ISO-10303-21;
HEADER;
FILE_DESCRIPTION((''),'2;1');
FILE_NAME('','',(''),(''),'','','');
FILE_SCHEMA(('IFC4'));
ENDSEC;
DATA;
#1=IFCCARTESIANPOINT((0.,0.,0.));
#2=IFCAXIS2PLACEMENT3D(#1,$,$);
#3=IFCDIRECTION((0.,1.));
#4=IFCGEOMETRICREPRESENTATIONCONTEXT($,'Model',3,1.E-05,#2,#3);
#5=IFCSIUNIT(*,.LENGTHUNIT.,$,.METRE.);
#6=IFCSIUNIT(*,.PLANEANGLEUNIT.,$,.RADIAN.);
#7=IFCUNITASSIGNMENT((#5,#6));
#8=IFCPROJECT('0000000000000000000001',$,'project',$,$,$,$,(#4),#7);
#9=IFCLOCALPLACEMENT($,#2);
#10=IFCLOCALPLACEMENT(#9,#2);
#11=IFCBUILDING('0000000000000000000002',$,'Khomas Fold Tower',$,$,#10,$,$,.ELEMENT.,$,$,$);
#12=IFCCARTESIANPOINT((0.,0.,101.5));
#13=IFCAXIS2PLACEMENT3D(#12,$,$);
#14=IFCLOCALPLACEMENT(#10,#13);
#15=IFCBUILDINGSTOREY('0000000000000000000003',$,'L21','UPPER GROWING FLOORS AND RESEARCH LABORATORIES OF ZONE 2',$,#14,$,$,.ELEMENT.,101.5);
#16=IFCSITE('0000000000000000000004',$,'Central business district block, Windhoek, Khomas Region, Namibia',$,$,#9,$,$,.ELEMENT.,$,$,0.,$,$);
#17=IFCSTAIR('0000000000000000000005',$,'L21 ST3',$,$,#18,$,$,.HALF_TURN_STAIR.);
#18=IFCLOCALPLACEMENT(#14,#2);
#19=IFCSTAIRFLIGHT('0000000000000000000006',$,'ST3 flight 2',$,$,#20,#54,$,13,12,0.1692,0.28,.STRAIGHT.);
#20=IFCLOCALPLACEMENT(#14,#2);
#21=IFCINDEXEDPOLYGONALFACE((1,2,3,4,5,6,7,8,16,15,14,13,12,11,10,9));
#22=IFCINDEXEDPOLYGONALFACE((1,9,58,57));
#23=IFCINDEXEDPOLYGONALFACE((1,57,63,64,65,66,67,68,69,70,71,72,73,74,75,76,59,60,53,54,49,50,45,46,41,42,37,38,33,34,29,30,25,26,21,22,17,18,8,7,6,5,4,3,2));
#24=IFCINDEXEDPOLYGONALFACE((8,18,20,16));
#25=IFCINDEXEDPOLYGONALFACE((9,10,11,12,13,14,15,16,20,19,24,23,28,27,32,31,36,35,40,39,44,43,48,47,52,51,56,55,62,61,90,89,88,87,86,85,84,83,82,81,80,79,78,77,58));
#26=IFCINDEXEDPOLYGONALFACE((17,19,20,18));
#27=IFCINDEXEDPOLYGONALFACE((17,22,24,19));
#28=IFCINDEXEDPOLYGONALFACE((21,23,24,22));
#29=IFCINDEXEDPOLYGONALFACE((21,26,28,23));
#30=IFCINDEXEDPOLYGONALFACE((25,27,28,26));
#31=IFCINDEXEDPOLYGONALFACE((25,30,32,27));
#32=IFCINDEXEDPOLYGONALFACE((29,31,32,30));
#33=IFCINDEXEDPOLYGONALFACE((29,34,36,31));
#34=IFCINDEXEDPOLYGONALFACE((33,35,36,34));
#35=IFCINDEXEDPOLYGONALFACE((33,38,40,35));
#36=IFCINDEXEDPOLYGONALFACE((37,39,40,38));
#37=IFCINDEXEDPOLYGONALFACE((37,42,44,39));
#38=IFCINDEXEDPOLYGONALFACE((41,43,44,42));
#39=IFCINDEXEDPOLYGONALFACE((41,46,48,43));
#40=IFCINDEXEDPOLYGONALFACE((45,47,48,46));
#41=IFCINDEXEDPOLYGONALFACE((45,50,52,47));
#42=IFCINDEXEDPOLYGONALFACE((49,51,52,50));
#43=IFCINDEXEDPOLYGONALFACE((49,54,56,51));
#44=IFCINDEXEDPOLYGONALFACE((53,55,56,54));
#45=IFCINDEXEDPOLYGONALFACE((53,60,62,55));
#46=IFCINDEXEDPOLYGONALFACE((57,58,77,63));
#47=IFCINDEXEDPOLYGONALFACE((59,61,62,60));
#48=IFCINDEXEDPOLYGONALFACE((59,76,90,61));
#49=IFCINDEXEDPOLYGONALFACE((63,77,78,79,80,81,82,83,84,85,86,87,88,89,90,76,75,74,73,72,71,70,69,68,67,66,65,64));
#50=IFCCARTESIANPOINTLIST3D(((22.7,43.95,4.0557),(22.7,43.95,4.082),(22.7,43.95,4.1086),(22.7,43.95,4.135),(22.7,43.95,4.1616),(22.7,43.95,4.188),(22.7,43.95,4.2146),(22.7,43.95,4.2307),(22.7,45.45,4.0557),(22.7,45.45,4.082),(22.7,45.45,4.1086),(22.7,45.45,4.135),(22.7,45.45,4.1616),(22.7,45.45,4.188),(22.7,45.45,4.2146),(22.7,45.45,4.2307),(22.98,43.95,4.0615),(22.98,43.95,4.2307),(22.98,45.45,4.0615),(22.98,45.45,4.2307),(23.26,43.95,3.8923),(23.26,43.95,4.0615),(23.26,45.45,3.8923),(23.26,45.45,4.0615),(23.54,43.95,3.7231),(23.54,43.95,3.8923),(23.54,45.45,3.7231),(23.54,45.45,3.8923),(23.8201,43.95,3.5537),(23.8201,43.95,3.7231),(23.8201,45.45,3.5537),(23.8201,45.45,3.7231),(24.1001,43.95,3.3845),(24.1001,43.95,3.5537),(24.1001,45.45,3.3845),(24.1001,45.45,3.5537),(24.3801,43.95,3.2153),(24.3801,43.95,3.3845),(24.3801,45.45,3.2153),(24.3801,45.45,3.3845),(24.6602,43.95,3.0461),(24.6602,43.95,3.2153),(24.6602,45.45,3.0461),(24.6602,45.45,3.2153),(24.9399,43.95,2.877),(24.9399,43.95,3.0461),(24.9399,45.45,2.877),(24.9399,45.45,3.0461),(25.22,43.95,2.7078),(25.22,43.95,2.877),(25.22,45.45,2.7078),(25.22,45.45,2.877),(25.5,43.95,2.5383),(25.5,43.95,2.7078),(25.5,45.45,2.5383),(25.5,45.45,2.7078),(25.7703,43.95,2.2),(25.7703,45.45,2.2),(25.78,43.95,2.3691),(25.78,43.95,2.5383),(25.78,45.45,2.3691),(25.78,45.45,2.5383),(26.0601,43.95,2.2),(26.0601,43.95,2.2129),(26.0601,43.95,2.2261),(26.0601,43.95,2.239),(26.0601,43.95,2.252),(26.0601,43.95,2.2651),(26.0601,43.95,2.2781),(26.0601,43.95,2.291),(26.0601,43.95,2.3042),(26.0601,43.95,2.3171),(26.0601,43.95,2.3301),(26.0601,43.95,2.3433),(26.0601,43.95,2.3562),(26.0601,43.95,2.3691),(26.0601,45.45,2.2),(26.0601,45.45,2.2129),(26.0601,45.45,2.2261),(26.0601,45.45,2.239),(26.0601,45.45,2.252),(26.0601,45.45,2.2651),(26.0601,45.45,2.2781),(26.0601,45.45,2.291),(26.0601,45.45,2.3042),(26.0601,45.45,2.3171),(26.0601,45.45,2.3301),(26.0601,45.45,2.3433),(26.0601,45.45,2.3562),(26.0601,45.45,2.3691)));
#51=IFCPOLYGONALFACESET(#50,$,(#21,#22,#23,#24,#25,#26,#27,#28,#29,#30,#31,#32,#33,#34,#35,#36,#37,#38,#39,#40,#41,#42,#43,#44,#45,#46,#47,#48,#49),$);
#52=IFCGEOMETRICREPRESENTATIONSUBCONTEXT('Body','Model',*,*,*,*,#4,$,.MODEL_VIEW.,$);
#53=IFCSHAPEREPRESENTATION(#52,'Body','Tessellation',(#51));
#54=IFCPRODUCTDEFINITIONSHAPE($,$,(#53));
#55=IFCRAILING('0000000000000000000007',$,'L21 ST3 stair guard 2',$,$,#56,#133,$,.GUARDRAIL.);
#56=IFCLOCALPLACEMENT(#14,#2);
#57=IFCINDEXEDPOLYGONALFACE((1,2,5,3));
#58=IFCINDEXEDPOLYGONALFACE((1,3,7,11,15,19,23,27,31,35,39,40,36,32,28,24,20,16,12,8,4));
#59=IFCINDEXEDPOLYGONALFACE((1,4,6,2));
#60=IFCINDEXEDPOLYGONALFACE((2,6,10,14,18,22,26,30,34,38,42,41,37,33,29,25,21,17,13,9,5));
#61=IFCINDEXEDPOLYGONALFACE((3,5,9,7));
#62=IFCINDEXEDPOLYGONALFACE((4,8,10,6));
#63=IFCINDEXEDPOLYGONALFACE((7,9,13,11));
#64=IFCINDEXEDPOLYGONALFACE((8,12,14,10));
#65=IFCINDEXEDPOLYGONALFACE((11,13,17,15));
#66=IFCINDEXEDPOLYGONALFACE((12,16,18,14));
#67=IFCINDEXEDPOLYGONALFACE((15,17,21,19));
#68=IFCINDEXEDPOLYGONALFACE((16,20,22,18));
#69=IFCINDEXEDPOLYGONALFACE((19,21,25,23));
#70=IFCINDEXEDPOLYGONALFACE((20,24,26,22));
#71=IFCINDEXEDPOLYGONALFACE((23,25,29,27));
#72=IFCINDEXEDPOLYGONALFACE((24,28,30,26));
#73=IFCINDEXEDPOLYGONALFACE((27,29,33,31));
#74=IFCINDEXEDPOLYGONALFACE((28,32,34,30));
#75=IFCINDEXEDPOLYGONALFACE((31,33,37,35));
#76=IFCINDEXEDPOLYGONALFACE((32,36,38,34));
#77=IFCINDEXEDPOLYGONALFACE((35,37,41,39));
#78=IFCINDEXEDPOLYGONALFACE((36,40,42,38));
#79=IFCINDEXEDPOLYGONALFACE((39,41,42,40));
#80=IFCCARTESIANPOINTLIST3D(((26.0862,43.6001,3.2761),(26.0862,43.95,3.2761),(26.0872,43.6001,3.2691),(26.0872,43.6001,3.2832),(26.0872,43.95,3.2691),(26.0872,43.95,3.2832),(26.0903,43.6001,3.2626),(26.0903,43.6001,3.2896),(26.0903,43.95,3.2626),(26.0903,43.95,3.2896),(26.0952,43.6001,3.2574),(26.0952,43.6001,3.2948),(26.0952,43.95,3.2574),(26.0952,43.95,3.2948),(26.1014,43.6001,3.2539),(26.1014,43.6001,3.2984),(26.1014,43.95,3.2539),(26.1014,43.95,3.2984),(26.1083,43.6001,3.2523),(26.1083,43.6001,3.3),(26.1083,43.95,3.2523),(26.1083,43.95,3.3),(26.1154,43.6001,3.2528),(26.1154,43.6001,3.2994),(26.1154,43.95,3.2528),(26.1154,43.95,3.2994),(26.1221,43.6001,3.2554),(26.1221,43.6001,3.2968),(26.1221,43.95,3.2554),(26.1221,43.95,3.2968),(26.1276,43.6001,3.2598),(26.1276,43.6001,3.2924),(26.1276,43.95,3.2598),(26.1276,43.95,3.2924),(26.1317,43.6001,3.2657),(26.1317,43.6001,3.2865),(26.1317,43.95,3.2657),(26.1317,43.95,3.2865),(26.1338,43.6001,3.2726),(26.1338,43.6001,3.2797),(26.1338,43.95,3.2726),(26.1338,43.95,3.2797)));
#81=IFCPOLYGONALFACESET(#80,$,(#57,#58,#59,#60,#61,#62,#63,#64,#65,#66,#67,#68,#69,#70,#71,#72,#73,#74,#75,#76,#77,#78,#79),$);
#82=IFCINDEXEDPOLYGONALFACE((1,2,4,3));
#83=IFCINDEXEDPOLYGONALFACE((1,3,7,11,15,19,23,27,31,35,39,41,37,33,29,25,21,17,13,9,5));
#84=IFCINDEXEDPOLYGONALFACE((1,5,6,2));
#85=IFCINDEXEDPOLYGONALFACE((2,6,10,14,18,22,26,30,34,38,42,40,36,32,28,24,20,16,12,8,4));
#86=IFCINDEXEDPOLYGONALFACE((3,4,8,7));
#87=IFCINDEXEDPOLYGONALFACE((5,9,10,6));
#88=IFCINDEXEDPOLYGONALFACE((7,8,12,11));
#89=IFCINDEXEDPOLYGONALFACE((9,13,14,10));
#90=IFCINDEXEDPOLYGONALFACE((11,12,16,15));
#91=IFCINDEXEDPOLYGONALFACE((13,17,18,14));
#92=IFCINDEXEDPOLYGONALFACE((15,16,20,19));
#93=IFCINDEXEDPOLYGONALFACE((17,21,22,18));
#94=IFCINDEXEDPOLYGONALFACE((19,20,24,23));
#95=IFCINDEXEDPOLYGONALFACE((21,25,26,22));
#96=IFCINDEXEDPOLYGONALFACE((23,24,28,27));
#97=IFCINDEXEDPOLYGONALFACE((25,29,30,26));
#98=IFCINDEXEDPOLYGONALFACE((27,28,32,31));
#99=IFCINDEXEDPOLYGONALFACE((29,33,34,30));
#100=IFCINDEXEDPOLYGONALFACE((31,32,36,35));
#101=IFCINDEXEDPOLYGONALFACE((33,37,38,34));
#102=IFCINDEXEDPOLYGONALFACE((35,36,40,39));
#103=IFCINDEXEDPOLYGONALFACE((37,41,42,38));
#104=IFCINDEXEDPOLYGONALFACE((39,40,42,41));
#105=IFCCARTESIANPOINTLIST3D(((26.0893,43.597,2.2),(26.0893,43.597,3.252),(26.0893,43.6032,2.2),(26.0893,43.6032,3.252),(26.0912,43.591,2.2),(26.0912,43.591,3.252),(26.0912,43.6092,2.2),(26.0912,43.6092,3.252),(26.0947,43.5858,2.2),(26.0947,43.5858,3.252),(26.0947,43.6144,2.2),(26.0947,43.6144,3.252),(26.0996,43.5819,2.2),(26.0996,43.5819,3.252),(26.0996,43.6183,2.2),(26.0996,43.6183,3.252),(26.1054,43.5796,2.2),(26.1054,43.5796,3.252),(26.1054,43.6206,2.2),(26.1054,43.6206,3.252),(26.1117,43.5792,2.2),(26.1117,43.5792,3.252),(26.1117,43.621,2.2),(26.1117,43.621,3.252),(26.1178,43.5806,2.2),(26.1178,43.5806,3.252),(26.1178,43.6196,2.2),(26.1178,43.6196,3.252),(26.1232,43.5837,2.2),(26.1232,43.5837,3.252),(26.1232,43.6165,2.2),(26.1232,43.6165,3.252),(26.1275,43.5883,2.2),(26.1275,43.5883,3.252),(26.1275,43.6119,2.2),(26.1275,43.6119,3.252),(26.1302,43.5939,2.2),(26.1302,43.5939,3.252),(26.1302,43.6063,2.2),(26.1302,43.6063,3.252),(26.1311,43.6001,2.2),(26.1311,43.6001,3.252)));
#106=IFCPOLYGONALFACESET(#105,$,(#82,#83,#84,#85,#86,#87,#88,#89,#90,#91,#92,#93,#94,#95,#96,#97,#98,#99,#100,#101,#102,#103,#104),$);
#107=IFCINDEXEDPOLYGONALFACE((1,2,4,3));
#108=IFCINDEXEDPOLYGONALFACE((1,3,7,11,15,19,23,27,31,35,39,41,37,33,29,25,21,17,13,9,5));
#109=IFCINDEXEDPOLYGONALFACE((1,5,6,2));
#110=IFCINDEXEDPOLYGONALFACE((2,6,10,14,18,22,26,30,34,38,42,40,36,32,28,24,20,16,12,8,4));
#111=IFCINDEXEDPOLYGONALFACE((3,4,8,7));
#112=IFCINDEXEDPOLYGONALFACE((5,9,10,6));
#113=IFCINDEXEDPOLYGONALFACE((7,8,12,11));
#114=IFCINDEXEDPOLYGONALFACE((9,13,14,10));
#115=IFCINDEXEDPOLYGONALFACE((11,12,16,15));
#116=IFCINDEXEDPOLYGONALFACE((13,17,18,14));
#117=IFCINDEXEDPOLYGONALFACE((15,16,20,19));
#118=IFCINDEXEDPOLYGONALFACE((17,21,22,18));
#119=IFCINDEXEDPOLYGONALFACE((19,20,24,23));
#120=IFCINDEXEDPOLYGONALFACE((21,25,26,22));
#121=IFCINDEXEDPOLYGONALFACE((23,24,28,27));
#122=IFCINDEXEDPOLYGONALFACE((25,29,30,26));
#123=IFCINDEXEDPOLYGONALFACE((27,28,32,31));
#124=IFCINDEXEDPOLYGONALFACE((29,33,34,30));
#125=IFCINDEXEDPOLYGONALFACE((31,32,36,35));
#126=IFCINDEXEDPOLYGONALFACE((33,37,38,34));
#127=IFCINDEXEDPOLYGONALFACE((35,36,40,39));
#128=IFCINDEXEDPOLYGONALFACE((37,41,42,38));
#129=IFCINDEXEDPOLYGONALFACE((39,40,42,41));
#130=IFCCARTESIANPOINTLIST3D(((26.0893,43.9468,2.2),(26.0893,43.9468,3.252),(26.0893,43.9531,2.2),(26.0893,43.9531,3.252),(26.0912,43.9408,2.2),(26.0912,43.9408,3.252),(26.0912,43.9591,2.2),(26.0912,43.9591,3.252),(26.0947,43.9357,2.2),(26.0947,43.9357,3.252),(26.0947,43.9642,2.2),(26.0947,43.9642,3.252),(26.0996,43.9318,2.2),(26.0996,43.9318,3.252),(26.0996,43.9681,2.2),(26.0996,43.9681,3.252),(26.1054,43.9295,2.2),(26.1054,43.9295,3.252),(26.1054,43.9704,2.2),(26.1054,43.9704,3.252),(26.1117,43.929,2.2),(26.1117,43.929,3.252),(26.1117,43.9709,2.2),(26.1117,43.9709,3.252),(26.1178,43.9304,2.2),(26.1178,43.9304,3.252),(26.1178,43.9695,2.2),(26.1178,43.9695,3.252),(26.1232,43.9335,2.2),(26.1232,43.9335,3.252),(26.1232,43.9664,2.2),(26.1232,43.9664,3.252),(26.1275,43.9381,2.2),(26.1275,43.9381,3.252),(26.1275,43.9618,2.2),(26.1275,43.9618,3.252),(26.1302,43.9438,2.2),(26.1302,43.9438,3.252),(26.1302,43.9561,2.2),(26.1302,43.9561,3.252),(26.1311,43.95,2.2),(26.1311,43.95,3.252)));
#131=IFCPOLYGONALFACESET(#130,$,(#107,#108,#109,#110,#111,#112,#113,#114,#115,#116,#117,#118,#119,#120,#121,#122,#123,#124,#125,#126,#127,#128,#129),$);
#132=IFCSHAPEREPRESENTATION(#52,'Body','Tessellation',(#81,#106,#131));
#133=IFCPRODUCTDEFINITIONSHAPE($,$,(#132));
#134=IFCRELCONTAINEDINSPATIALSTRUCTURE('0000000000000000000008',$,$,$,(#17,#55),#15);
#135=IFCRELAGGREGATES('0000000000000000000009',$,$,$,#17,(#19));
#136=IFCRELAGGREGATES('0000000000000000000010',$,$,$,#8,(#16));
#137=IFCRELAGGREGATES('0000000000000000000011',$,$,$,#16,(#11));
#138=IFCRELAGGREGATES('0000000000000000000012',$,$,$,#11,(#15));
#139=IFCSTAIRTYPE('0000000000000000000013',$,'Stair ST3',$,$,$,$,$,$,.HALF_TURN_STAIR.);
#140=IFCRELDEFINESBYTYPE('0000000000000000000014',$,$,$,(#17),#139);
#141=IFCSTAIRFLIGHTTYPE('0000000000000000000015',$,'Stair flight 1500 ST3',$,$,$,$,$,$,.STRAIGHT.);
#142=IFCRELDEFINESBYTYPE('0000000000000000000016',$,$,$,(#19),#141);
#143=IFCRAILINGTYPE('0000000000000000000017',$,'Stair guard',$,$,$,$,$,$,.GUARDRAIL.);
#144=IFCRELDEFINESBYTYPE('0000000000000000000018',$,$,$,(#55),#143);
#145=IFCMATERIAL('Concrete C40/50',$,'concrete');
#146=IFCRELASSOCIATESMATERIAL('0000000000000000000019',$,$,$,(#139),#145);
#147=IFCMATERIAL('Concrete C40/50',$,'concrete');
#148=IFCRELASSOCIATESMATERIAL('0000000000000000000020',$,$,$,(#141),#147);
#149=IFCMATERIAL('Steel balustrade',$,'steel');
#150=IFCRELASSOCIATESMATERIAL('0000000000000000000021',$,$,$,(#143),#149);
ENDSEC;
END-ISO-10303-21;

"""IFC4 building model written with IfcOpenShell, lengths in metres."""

from ifc_helpers import new_model, si_unit, direction, frame, origin, origin_2d, place, context, subcontext, project, spatial, polyline, circle, outline, extrude, source, transform, mapped, material, type_object, element, aggregate, save


model = new_model("IFC4")

# Units and contexts
model_context = context("Model", 3, precision=1e-05, world=origin(), true_north=direction((0.0, 1.0)))
body_context = subcontext(model_context, "Body", "Model", "MODEL_VIEW")
ifc_project = project(units=[si_unit("LENGTHUNIT", "METRE"), si_unit("PLANEANGLEUNIT", "RADIAN")], contexts=[model_context])

# Site, building, storey
site_placement = place(None, origin())
site = spatial("IfcSite", under=ifc_project, at=site_placement, Name="Central business district block, Windhoek, Khomas Region, Namibia", CompositionType="ELEMENT", RefElevation=0.0)
building_placement = place(site_placement, origin())
building = spatial("IfcBuilding", under=site, at=building_placement, Name="Khomas Fold Tower", CompositionType="ELEMENT")
storey_placement = place(building_placement, frame((0.0, 0.0, 101.5)))
storey = spatial("IfcBuildingStorey", under=building, at=storey_placement, Name="L21", Description="UPPER GROWING FLOORS AND RESEARCH LABORATORIES OF ZONE 2", CompositionType="ELEMENT", Elevation=101.5)

# Stair, stair flight
ifc_material_1 = material(Name="Concrete C40/50", Category="concrete")
stair_type = type_object("IfcStairType", Name="Stair ST3", PredefinedType="HALF_TURN_STAIR", material=ifc_material_1)
stair_placement = place(storey_placement, origin())
stair = element("IfcStair", 1, at=stair_placement, inside=storey, type_object=stair_type, Name="L21 ST3", PredefinedType="HALF_TURN_STAIR")
ifc_material_2 = material(Name="Concrete C40/50", Category="concrete")
stair_flight_type = type_object("IfcStairFlightType", Name="Stair flight 1500 ST3", PredefinedType="STRAIGHT", material=ifc_material_2)
shared_shape_1 = source(origin(), body_context, "Body", "SweptSolid", [
    extrude(outline(polyline([(0.0, 0.0), (0.0, 0.0129), (0.0, 0.0261), (0.0, 0.0391), (0.0, 0.052), (0.0, 0.0652), (0.0, 0.0781), (0.0, 0.0911), (0.0, 0.1042), (0.0, 0.1172), (0.0, 0.1301), (0.0, 0.1433), (0.0, 0.1562), (0.0, 0.1692), (0.28, 0.1692), (0.28, 0.3384), (0.5601, 0.3384), (0.5601, 0.5078), (0.8401, 0.5078), (0.8401, 0.677), (1.1201, 0.677), (1.1201, 0.8462), (1.3999, 0.8462), (1.3999, 1.0154), (1.6799, 1.0154), (1.6799, 1.1846), (1.96, 1.1846), (1.96, 1.3538), (2.24, 1.3538), (2.24, 1.5232), (2.52, 1.5232), (2.52, 1.6924), (2.8, 1.6924), (2.8, 1.8616), (3.0801, 1.8616), (3.0801, 2.0308), (3.3601, 2.0308), (3.3601, 2.2), (3.3601, 2.1736), (3.3601, 2.147), (3.3601, 2.1206), (3.3601, 2.094), (3.3601, 2.0676), (3.3601, 2.041), (3.3601, 2.0146), (3.3601, 1.988), (3.3601, 1.9617), (3.3601, 1.9351), (3.3601, 1.9087), (3.3601, 1.8821), (3.3601, 1.8557), (0.2898, 0.0), (0.0, 0.0)])), frame((0.0, 0.75, 0.0), z_axis=(0.0, -1.0, 0.0), x_axis=(1.0, 0.0, 0.0)), (0.0, 0.0, 1.0), 1.5),
])
stair_flight_1_placement = place(storey_placement, frame((26.0601, 44.7, 2.2), z_axis=(0.0, 0.0, 1.0), x_axis=(-1.0, 0.0, 0.0)))
stair_flight_1 = element("IfcStairFlight", 2, at=stair_flight_1_placement, type_object=stair_flight_type, Name="ST3 flight 2", NumberOfRisers=13, NumberOfTreads=12, PredefinedType="STRAIGHT", RiserHeight=0.1692, TreadLength=0.28, context=body_context, shape_type="MappedRepresentation", body=[
    mapped(shared_shape_1, transform((0.0, 0.0, 0.0))),
])
aggregate(stair, [stair_flight_1])

# Railing
ifc_material_3 = material(Name="Steel balustrade", Category="steel")
railing_type_1 = type_object("IfcRailingType", Name="Stair guard", PredefinedType="GUARDRAIL", material=ifc_material_3)
shared_shape_2 = source(origin(), body_context, "Body", "SweptSolid", [
    extrude(circle(Radius=0.0239, at=origin_2d()), frame((0.0, 0.0, 1.0762), z_axis=(0.0, 1.0, 0.0), x_axis=(-1.0, 0.0, 0.0)), (0.0, 0.0, 1.0), 0.3499),
    extrude(circle(Radius=0.021, at=origin_2d()), origin(), (0.0, 0.0, 1.0), 1.052),
    extrude(circle(Radius=0.021, at=origin_2d()), frame((0.0, 0.3499, 0.0)), (0.0, 0.0, 1.0), 1.052),
])
for number, where, name in (
    (3, (26.1101, 43.6001, 2.2), "L21 ST3 stair guard 2"),
):
    element("IfcRailing", number, at=place(storey_placement, frame(where)), inside=storey, type_object=railing_type_1, Name=name, PredefinedType="GUARDRAIL", context=body_context, shape_type="MappedRepresentation", body=[
        mapped(shared_shape_2, transform((0.0, 0.0, 0.0))),
    ])

save(model, "model.ifc")
